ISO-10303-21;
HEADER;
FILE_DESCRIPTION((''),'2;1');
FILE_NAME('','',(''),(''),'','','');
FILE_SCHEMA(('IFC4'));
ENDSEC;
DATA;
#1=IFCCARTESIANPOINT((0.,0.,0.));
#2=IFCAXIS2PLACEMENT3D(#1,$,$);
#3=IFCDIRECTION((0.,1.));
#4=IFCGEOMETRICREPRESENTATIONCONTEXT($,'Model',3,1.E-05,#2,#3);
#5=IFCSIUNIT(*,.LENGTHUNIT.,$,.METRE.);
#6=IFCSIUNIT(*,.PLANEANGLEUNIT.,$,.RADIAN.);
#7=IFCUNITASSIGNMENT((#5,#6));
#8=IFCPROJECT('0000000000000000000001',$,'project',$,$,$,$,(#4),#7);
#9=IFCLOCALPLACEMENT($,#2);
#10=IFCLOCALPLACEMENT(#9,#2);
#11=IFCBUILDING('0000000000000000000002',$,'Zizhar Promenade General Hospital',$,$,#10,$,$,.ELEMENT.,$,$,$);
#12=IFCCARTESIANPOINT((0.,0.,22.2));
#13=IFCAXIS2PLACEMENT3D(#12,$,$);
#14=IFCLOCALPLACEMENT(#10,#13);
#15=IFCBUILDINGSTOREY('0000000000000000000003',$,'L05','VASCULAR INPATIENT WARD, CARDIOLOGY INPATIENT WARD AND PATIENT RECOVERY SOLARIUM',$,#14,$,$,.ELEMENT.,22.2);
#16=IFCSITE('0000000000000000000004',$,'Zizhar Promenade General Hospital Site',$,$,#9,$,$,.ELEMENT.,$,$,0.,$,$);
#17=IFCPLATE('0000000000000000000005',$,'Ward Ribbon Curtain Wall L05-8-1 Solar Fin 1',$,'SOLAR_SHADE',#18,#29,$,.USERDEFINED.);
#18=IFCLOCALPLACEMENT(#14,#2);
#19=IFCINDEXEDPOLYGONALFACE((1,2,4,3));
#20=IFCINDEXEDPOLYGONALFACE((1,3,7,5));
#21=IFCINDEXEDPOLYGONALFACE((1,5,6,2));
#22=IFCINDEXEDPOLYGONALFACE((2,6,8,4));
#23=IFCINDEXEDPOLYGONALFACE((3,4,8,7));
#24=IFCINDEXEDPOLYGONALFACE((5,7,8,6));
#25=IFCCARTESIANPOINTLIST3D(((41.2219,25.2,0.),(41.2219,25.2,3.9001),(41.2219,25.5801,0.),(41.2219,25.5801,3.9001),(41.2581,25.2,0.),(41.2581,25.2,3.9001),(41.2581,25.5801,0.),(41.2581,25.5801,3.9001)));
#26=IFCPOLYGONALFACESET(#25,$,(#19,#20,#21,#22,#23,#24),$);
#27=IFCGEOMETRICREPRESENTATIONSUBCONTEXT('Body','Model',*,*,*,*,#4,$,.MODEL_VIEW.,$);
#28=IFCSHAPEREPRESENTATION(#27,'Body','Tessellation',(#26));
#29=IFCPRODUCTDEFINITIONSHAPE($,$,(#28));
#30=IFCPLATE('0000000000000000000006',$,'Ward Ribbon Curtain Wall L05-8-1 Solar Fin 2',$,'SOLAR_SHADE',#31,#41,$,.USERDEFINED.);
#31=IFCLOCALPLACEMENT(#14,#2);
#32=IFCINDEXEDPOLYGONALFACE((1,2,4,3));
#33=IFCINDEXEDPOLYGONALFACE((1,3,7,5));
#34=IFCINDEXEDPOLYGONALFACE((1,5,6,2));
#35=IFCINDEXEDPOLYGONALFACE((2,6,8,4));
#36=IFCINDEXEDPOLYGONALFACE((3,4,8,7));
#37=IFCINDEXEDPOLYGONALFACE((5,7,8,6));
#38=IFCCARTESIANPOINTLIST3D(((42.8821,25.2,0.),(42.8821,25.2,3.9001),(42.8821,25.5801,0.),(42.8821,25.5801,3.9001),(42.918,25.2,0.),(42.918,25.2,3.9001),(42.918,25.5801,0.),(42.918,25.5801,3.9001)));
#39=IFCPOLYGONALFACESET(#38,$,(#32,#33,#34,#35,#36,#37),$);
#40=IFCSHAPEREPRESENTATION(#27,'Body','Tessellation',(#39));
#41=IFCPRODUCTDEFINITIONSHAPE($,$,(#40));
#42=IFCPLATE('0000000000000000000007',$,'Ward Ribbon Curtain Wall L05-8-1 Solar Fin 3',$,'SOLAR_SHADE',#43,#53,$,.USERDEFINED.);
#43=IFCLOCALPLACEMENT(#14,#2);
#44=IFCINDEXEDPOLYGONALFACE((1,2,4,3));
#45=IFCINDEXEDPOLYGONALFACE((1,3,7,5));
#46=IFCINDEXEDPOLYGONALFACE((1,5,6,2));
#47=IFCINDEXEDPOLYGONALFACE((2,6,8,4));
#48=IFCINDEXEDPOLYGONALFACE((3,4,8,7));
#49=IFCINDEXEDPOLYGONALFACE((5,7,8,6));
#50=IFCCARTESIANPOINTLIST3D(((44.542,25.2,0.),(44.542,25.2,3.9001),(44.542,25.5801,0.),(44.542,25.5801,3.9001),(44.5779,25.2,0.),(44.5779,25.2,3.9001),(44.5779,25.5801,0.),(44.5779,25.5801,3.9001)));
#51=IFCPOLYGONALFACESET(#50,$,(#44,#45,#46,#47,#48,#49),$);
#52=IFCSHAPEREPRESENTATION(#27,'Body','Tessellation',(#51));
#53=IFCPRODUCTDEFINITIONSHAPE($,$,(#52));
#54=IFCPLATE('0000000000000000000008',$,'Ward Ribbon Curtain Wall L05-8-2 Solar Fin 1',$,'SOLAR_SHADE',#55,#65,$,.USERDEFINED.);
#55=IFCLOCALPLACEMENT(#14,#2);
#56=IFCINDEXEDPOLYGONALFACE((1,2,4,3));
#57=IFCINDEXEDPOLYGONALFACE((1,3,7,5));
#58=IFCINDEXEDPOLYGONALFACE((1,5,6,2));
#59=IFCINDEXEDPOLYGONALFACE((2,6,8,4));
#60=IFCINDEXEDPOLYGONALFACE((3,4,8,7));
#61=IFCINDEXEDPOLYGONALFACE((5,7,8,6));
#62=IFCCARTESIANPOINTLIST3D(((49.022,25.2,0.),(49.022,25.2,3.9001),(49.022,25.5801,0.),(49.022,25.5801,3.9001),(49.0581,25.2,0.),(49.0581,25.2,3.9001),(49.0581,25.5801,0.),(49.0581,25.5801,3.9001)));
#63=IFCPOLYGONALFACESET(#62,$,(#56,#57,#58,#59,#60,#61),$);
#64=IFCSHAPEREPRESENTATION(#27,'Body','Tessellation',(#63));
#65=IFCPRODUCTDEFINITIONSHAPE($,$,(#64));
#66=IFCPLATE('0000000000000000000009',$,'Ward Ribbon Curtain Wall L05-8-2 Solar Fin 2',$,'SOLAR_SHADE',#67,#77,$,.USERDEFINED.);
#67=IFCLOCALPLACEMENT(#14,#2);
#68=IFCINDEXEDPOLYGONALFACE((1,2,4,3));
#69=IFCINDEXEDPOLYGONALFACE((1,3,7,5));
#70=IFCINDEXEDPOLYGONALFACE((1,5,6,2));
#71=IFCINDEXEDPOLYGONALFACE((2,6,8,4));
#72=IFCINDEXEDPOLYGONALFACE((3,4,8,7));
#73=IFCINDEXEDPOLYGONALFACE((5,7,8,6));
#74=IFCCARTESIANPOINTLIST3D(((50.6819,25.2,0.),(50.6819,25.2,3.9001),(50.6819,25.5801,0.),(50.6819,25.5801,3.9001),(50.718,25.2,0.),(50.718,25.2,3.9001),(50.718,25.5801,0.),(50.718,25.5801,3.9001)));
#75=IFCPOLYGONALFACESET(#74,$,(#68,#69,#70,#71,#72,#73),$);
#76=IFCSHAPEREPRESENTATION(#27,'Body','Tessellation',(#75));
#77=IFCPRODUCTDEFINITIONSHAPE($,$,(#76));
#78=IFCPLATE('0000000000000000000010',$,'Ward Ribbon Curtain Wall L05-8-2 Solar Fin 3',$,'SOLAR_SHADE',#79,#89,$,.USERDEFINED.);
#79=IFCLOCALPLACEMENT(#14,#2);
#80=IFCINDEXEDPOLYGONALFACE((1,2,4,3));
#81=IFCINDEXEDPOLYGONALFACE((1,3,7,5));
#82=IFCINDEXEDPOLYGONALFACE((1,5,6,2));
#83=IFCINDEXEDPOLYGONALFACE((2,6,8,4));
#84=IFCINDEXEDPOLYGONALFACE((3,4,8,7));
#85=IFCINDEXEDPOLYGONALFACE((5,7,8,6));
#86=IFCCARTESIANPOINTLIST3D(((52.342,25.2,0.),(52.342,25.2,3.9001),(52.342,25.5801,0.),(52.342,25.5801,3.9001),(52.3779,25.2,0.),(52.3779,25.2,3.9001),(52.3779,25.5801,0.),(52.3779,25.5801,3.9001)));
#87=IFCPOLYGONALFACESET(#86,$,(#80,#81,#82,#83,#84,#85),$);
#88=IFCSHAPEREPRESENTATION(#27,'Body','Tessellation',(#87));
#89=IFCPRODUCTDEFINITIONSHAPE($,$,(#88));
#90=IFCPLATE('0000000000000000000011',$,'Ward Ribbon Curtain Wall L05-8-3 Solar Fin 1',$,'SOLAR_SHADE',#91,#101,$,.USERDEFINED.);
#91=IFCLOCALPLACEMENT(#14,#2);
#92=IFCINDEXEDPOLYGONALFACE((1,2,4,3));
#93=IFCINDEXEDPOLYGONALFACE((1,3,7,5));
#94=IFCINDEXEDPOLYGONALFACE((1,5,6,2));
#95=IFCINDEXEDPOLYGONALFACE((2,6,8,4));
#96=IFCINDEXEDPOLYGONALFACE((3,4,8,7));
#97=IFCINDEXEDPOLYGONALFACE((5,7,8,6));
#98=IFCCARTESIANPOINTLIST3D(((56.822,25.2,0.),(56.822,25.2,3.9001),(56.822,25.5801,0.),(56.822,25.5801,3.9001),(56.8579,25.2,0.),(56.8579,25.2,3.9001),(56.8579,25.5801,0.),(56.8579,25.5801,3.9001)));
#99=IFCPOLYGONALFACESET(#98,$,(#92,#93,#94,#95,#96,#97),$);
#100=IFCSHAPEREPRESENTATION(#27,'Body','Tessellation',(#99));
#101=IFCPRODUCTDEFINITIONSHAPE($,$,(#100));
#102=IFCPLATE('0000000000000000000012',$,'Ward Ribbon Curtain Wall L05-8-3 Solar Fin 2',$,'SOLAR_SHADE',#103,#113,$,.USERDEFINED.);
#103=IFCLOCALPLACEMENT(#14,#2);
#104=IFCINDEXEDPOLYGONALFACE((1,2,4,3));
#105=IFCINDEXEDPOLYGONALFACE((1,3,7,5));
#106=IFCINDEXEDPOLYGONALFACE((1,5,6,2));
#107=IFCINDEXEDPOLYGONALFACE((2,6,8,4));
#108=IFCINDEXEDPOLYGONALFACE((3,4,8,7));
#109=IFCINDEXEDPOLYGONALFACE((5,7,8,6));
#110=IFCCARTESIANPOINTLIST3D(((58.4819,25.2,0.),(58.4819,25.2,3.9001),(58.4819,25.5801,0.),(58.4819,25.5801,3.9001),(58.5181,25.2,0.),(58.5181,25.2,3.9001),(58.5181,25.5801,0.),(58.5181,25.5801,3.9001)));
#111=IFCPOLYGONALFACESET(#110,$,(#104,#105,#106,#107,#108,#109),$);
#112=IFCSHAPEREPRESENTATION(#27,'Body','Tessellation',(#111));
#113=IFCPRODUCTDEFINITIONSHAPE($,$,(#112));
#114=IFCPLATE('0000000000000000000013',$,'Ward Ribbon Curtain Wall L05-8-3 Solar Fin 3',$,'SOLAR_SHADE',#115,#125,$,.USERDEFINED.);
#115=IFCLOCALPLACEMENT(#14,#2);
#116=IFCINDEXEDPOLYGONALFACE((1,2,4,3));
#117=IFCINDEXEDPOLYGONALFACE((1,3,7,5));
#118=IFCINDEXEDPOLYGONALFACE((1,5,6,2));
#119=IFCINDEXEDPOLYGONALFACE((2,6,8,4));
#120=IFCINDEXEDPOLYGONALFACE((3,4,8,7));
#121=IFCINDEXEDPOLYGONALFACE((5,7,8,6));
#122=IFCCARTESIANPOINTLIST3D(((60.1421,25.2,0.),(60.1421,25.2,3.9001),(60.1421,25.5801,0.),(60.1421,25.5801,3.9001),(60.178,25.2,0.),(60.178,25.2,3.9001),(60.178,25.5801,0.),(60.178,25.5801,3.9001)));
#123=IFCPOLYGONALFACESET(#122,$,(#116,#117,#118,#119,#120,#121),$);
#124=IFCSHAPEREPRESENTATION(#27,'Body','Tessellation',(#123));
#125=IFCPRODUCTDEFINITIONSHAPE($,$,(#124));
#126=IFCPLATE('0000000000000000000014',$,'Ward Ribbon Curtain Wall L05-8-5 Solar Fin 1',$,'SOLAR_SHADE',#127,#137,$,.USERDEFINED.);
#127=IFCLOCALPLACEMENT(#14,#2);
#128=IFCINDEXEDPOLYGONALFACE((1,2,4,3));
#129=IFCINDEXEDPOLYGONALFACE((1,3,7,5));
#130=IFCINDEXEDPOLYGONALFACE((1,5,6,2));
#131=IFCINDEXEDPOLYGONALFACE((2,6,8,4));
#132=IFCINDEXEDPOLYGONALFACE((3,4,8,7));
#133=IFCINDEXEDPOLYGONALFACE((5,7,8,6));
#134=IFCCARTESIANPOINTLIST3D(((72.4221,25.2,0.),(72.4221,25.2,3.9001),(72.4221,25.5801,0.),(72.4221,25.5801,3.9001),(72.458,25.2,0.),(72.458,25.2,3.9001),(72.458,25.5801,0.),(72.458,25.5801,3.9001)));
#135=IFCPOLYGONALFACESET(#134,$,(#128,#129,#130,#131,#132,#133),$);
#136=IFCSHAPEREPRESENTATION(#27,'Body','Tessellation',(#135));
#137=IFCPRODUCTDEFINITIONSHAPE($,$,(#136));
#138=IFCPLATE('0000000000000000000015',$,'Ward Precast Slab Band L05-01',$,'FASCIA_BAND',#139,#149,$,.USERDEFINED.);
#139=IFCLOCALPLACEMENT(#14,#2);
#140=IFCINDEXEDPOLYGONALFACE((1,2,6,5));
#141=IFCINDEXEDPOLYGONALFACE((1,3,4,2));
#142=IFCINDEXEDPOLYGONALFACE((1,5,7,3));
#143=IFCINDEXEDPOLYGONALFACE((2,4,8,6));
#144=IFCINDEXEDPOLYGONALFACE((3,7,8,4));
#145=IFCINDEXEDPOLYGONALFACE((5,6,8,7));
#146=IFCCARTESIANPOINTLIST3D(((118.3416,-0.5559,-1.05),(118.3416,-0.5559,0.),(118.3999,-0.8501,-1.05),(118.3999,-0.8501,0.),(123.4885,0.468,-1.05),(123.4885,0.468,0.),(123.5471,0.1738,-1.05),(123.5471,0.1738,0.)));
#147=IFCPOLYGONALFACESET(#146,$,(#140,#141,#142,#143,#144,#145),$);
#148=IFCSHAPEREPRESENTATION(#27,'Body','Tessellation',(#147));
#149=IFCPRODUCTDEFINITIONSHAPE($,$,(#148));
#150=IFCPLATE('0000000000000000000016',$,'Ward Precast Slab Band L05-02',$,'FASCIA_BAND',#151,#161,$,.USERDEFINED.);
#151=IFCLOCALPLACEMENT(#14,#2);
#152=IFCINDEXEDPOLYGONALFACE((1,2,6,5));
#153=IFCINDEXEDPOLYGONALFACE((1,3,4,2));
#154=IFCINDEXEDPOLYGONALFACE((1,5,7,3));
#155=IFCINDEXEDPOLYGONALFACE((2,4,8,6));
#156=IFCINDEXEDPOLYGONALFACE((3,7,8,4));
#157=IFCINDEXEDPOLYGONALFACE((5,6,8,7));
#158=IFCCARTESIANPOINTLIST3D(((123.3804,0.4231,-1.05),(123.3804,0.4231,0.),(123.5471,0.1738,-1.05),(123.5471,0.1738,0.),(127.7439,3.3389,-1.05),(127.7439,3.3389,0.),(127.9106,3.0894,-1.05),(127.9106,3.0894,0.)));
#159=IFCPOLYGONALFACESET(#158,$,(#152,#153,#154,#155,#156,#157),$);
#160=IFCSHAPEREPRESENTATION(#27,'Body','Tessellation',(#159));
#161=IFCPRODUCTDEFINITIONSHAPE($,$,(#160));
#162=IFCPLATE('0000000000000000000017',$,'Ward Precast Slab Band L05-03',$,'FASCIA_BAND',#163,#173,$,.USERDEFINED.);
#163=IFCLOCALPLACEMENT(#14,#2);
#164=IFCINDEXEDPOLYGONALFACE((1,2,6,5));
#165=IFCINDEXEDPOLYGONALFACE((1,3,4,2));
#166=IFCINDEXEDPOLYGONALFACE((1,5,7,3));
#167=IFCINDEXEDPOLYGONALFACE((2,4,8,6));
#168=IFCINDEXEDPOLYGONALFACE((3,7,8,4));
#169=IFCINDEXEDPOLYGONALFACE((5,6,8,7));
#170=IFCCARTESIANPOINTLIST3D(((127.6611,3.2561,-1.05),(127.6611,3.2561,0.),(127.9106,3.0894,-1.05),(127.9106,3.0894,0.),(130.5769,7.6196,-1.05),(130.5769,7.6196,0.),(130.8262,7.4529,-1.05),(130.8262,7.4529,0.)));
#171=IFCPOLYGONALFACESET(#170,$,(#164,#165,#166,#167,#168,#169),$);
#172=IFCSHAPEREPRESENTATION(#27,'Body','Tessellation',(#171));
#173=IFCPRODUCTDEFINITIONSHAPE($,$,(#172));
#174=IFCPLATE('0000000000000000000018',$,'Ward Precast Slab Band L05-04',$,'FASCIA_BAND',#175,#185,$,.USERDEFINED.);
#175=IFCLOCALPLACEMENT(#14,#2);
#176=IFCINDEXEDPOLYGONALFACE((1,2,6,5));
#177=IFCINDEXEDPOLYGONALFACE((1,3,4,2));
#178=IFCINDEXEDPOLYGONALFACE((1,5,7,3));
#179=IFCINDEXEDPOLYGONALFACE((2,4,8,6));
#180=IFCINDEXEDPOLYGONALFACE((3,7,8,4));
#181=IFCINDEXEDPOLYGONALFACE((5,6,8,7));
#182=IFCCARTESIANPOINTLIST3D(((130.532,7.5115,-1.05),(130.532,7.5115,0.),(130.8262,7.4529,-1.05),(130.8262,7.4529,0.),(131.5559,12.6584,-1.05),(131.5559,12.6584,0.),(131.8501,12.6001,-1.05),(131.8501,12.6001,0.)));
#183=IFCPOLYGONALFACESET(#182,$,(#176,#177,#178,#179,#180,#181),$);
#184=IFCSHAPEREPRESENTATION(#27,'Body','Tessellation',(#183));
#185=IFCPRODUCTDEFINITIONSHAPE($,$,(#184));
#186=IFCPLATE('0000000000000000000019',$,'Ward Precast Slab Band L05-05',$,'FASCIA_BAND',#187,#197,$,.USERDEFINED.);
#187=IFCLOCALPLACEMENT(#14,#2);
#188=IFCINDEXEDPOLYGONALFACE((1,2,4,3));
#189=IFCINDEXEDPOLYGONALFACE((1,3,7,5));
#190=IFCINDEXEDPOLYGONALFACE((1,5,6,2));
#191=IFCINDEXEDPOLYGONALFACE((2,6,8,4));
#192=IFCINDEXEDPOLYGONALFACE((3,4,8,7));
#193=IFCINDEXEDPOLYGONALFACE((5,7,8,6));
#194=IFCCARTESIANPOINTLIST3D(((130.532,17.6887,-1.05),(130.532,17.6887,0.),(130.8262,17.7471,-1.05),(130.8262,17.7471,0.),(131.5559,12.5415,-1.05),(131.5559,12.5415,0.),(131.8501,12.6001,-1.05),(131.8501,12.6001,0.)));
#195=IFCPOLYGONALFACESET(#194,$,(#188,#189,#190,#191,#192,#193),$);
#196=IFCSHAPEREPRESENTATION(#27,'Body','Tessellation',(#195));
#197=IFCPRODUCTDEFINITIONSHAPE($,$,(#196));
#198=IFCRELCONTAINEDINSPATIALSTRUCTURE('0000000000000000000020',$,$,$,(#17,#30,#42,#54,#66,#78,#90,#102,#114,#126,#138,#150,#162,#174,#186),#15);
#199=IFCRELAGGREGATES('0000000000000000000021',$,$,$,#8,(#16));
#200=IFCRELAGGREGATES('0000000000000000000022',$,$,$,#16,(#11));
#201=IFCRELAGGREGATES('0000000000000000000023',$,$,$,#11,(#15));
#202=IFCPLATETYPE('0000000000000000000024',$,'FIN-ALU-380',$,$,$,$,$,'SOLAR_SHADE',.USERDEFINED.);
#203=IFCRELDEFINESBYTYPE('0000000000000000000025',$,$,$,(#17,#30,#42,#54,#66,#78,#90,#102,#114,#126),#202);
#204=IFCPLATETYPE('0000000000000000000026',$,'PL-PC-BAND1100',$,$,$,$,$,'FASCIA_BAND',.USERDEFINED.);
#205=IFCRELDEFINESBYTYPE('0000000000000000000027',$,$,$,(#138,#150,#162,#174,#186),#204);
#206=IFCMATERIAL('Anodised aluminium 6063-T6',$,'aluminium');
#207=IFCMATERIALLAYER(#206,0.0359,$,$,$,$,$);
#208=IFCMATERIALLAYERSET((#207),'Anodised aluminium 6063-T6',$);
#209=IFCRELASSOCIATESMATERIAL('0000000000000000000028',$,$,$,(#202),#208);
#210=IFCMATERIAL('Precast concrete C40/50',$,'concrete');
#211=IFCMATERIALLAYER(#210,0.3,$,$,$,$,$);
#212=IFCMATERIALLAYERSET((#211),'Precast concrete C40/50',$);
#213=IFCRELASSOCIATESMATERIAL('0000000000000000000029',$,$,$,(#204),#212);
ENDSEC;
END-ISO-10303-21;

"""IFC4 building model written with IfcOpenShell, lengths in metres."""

from ifc_helpers import new_model, si_unit, direction, frame, origin, place, context, subcontext, project, spatial, polyline, outline, extrude, material, layer, layer_set, type_object, element, save


model = new_model("IFC4")

# Units and contexts
model_context = context("Model", 3, precision=1e-05, world=origin(), true_north=direction((0.0, 1.0)))
body_context = subcontext(model_context, "Body", "Model", "MODEL_VIEW")
ifc_project = project(units=[si_unit("LENGTHUNIT", "METRE"), si_unit("PLANEANGLEUNIT", "RADIAN")], contexts=[model_context])

# Site, building, storey
site_placement = place(None, origin())
site = spatial("IfcSite", under=ifc_project, at=site_placement, Name="Zizhar Promenade General Hospital Site", CompositionType="ELEMENT", RefElevation=0.0)
building_placement = place(site_placement, origin())
building = spatial("IfcBuilding", under=site, at=building_placement, Name="Zizhar Promenade General Hospital", CompositionType="ELEMENT")
storey_placement = place(building_placement, frame((0.0, 0.0, 22.2)))
storey = spatial("IfcBuildingStorey", under=building, at=storey_placement, Name="L05", Description="VASCULAR INPATIENT WARD, CARDIOLOGY INPATIENT WARD AND PATIENT RECOVERY SOLARIUM", CompositionType="ELEMENT", Elevation=22.2)

# Plates
ifc_material_1 = material(Name="Anodised aluminium 6063-T6", Category="aluminium")
ifc_layer_1 = layer(ifc_material_1, 0.0359)
ifc_layer_set_1 = layer_set([ifc_layer_1], Name="Anodised aluminium 6063-T6")
plate_type_1 = type_object("IfcPlateType", Name="FIN-ALU-380", ElementType="SOLAR_SHADE", PredefinedType="USERDEFINED", material=ifc_layer_set_1)
plate_1_placement = place(storey_placement, origin())
element("IfcPlate", 1, at=plate_1_placement, inside=storey, type_object=plate_type_1, Name="Ward Ribbon Curtain Wall L05-8-1 Solar Fin 1", ObjectType="SOLAR_SHADE", PredefinedType="USERDEFINED", context=body_context, shape_type="SweptSolid", body=[
    extrude(outline(polyline([(41.2219, 25.2), (41.2581, 25.2), (41.2581, 25.5801), (41.2219, 25.5801), (41.2219, 25.2)])), origin(), (0.0, 0.0, 1.0), 3.9001),
])
plate_2_placement = place(storey_placement, origin())
element("IfcPlate", 2, at=plate_2_placement, inside=storey, type_object=plate_type_1, Name="Ward Ribbon Curtain Wall L05-8-1 Solar Fin 2", ObjectType="SOLAR_SHADE", PredefinedType="USERDEFINED", context=body_context, shape_type="SweptSolid", body=[
    extrude(outline(polyline([(42.8821, 25.2), (42.918, 25.2), (42.918, 25.5801), (42.8821, 25.5801), (42.8821, 25.2)])), origin(), (0.0, 0.0, 1.0), 3.9001),
])
plate_3_placement = place(storey_placement, origin())
element("IfcPlate", 3, at=plate_3_placement, inside=storey, type_object=plate_type_1, Name="Ward Ribbon Curtain Wall L05-8-1 Solar Fin 3", ObjectType="SOLAR_SHADE", PredefinedType="USERDEFINED", context=body_context, shape_type="SweptSolid", body=[
    extrude(outline(polyline([(44.542, 25.2), (44.5779, 25.2), (44.5779, 25.5801), (44.542, 25.5801), (44.542, 25.2)])), origin(), (0.0, 0.0, 1.0), 3.9001),
])
plate_4_placement = place(storey_placement, origin())
element("IfcPlate", 4, at=plate_4_placement, inside=storey, type_object=plate_type_1, Name="Ward Ribbon Curtain Wall L05-8-2 Solar Fin 1", ObjectType="SOLAR_SHADE", PredefinedType="USERDEFINED", context=body_context, shape_type="SweptSolid", body=[
    extrude(outline(polyline([(49.022, 25.2), (49.0581, 25.2), (49.0581, 25.5801), (49.022, 25.5801), (49.022, 25.2)])), origin(), (0.0, 0.0, 1.0), 3.9001),
])
plate_5_placement = place(storey_placement, origin())
element("IfcPlate", 5, at=plate_5_placement, inside=storey, type_object=plate_type_1, Name="Ward Ribbon Curtain Wall L05-8-2 Solar Fin 2", ObjectType="SOLAR_SHADE", PredefinedType="USERDEFINED", context=body_context, shape_type="SweptSolid", body=[
    extrude(outline(polyline([(50.6819, 25.2), (50.718, 25.2), (50.718, 25.5801), (50.6819, 25.5801), (50.6819, 25.2)])), origin(), (0.0, 0.0, 1.0), 3.9001),
])
plate_6_placement = place(storey_placement, origin())
element("IfcPlate", 6, at=plate_6_placement, inside=storey, type_object=plate_type_1, Name="Ward Ribbon Curtain Wall L05-8-2 Solar Fin 3", ObjectType="SOLAR_SHADE", PredefinedType="USERDEFINED", context=body_context, shape_type="SweptSolid", body=[
    extrude(outline(polyline([(52.342, 25.2), (52.3779, 25.2), (52.3779, 25.5801), (52.342, 25.5801), (52.342, 25.2)])), origin(), (0.0, 0.0, 1.0), 3.9001),
])
plate_7_placement = place(storey_placement, origin())
element("IfcPlate", 7, at=plate_7_placement, inside=storey, type_object=plate_type_1, Name="Ward Ribbon Curtain Wall L05-8-3 Solar Fin 1", ObjectType="SOLAR_SHADE", PredefinedType="USERDEFINED", context=body_context, shape_type="SweptSolid", body=[
    extrude(outline(polyline([(56.822, 25.2), (56.8579, 25.2), (56.8579, 25.5801), (56.822, 25.5801), (56.822, 25.2)])), origin(), (0.0, 0.0, 1.0), 3.9001),
])
plate_8_placement = place(storey_placement, origin())
element("IfcPlate", 8, at=plate_8_placement, inside=storey, type_object=plate_type_1, Name="Ward Ribbon Curtain Wall L05-8-3 Solar Fin 2", ObjectType="SOLAR_SHADE", PredefinedType="USERDEFINED", context=body_context, shape_type="SweptSolid", body=[
    extrude(outline(polyline([(58.4819, 25.2), (58.5181, 25.2), (58.5181, 25.5801), (58.4819, 25.5801), (58.4819, 25.2)])), origin(), (0.0, 0.0, 1.0), 3.9001),
])
plate_9_placement = place(storey_placement, origin())
element("IfcPlate", 9, at=plate_9_placement, inside=storey, type_object=plate_type_1, Name="Ward Ribbon Curtain Wall L05-8-3 Solar Fin 3", ObjectType="SOLAR_SHADE", PredefinedType="USERDEFINED", context=body_context, shape_type="SweptSolid", body=[
    extrude(outline(polyline([(60.1421, 25.2), (60.178, 25.2), (60.178, 25.5801), (60.1421, 25.5801), (60.1421, 25.2)])), origin(), (0.0, 0.0, 1.0), 3.9001),
])
plate_10_placement = place(storey_placement, origin())
element("IfcPlate", 10, at=plate_10_placement, inside=storey, type_object=plate_type_1, Name="Ward Ribbon Curtain Wall L05-8-5 Solar Fin 1", ObjectType="SOLAR_SHADE", PredefinedType="USERDEFINED", context=body_context, shape_type="SweptSolid", body=[
    extrude(outline(polyline([(72.4221, 25.2), (72.458, 25.2), (72.458, 25.5801), (72.4221, 25.5801), (72.4221, 25.2)])), origin(), (0.0, 0.0, 1.0), 3.9001),
])
ifc_material_2 = material(Name="Precast concrete C40/50", Category="concrete")
ifc_layer_2 = layer(ifc_material_2, 0.3)
ifc_layer_set_2 = layer_set([ifc_layer_2], Name="Precast concrete C40/50")
plate_type_2 = type_object("IfcPlateType", Name="PL-PC-BAND1100", ElementType="FASCIA_BAND", PredefinedType="USERDEFINED", material=ifc_layer_set_2)
plate_11_placement = place(storey_placement, frame((0.0, 0.0, -1.05)))
element("IfcPlate", 11, at=plate_11_placement, inside=storey, type_object=plate_type_2, Name="Ward Precast Slab Band L05-01", ObjectType="FASCIA_BAND", PredefinedType="USERDEFINED", context=body_context, shape_type="SweptSolid", body=[
    extrude(outline(polyline([(118.3999, -0.8501), (123.5471, 0.1738), (123.4885, 0.468), (118.3416, -0.5559), (118.3999, -0.8501)])), origin(), (0.0, 0.0, 1.0), 1.05),
])
plate_12_placement = place(storey_placement, frame((0.0, 0.0, -1.05)))
element("IfcPlate", 12, at=plate_12_placement, inside=storey, type_object=plate_type_2, Name="Ward Precast Slab Band L05-02", ObjectType="FASCIA_BAND", PredefinedType="USERDEFINED", context=body_context, shape_type="SweptSolid", body=[
    extrude(outline(polyline([(123.5471, 0.1738), (127.9106, 3.0894), (127.7439, 3.3389), (123.3804, 0.4231), (123.5471, 0.1738)])), origin(), (0.0, 0.0, 1.0), 1.05),
])
plate_13_placement = place(storey_placement, frame((0.0, 0.0, -1.05)))
element("IfcPlate", 13, at=plate_13_placement, inside=storey, type_object=plate_type_2, Name="Ward Precast Slab Band L05-03", ObjectType="FASCIA_BAND", PredefinedType="USERDEFINED", context=body_context, shape_type="SweptSolid", body=[
    extrude(outline(polyline([(127.9106, 3.0894), (130.8262, 7.4529), (130.5769, 7.6196), (127.6611, 3.2561), (127.9106, 3.0894)])), origin(), (0.0, 0.0, 1.0), 1.05),
])
plate_14_placement = place(storey_placement, frame((0.0, 0.0, -1.05)))
element("IfcPlate", 14, at=plate_14_placement, inside=storey, type_object=plate_type_2, Name="Ward Precast Slab Band L05-04", ObjectType="FASCIA_BAND", PredefinedType="USERDEFINED", context=body_context, shape_type="SweptSolid", body=[
    extrude(outline(polyline([(130.8262, 7.4529), (131.8501, 12.6001), (131.5559, 12.6584), (130.532, 7.5115), (130.8262, 7.4529)])), origin(), (0.0, 0.0, 1.0), 1.05),
])
plate_15_placement = place(storey_placement, frame((0.0, 0.0, -1.05)))
element("IfcPlate", 15, at=plate_15_placement, inside=storey, type_object=plate_type_2, Name="Ward Precast Slab Band L05-05", ObjectType="FASCIA_BAND", PredefinedType="USERDEFINED", context=body_context, shape_type="SweptSolid", body=[
    extrude(outline(polyline([(131.8501, 12.6001), (130.8262, 17.7471), (130.532, 17.6887), (131.5559, 12.5415), (131.8501, 12.6001)])), origin(), (0.0, 0.0, 1.0), 1.05),
])

save(model, "model.ifc")
